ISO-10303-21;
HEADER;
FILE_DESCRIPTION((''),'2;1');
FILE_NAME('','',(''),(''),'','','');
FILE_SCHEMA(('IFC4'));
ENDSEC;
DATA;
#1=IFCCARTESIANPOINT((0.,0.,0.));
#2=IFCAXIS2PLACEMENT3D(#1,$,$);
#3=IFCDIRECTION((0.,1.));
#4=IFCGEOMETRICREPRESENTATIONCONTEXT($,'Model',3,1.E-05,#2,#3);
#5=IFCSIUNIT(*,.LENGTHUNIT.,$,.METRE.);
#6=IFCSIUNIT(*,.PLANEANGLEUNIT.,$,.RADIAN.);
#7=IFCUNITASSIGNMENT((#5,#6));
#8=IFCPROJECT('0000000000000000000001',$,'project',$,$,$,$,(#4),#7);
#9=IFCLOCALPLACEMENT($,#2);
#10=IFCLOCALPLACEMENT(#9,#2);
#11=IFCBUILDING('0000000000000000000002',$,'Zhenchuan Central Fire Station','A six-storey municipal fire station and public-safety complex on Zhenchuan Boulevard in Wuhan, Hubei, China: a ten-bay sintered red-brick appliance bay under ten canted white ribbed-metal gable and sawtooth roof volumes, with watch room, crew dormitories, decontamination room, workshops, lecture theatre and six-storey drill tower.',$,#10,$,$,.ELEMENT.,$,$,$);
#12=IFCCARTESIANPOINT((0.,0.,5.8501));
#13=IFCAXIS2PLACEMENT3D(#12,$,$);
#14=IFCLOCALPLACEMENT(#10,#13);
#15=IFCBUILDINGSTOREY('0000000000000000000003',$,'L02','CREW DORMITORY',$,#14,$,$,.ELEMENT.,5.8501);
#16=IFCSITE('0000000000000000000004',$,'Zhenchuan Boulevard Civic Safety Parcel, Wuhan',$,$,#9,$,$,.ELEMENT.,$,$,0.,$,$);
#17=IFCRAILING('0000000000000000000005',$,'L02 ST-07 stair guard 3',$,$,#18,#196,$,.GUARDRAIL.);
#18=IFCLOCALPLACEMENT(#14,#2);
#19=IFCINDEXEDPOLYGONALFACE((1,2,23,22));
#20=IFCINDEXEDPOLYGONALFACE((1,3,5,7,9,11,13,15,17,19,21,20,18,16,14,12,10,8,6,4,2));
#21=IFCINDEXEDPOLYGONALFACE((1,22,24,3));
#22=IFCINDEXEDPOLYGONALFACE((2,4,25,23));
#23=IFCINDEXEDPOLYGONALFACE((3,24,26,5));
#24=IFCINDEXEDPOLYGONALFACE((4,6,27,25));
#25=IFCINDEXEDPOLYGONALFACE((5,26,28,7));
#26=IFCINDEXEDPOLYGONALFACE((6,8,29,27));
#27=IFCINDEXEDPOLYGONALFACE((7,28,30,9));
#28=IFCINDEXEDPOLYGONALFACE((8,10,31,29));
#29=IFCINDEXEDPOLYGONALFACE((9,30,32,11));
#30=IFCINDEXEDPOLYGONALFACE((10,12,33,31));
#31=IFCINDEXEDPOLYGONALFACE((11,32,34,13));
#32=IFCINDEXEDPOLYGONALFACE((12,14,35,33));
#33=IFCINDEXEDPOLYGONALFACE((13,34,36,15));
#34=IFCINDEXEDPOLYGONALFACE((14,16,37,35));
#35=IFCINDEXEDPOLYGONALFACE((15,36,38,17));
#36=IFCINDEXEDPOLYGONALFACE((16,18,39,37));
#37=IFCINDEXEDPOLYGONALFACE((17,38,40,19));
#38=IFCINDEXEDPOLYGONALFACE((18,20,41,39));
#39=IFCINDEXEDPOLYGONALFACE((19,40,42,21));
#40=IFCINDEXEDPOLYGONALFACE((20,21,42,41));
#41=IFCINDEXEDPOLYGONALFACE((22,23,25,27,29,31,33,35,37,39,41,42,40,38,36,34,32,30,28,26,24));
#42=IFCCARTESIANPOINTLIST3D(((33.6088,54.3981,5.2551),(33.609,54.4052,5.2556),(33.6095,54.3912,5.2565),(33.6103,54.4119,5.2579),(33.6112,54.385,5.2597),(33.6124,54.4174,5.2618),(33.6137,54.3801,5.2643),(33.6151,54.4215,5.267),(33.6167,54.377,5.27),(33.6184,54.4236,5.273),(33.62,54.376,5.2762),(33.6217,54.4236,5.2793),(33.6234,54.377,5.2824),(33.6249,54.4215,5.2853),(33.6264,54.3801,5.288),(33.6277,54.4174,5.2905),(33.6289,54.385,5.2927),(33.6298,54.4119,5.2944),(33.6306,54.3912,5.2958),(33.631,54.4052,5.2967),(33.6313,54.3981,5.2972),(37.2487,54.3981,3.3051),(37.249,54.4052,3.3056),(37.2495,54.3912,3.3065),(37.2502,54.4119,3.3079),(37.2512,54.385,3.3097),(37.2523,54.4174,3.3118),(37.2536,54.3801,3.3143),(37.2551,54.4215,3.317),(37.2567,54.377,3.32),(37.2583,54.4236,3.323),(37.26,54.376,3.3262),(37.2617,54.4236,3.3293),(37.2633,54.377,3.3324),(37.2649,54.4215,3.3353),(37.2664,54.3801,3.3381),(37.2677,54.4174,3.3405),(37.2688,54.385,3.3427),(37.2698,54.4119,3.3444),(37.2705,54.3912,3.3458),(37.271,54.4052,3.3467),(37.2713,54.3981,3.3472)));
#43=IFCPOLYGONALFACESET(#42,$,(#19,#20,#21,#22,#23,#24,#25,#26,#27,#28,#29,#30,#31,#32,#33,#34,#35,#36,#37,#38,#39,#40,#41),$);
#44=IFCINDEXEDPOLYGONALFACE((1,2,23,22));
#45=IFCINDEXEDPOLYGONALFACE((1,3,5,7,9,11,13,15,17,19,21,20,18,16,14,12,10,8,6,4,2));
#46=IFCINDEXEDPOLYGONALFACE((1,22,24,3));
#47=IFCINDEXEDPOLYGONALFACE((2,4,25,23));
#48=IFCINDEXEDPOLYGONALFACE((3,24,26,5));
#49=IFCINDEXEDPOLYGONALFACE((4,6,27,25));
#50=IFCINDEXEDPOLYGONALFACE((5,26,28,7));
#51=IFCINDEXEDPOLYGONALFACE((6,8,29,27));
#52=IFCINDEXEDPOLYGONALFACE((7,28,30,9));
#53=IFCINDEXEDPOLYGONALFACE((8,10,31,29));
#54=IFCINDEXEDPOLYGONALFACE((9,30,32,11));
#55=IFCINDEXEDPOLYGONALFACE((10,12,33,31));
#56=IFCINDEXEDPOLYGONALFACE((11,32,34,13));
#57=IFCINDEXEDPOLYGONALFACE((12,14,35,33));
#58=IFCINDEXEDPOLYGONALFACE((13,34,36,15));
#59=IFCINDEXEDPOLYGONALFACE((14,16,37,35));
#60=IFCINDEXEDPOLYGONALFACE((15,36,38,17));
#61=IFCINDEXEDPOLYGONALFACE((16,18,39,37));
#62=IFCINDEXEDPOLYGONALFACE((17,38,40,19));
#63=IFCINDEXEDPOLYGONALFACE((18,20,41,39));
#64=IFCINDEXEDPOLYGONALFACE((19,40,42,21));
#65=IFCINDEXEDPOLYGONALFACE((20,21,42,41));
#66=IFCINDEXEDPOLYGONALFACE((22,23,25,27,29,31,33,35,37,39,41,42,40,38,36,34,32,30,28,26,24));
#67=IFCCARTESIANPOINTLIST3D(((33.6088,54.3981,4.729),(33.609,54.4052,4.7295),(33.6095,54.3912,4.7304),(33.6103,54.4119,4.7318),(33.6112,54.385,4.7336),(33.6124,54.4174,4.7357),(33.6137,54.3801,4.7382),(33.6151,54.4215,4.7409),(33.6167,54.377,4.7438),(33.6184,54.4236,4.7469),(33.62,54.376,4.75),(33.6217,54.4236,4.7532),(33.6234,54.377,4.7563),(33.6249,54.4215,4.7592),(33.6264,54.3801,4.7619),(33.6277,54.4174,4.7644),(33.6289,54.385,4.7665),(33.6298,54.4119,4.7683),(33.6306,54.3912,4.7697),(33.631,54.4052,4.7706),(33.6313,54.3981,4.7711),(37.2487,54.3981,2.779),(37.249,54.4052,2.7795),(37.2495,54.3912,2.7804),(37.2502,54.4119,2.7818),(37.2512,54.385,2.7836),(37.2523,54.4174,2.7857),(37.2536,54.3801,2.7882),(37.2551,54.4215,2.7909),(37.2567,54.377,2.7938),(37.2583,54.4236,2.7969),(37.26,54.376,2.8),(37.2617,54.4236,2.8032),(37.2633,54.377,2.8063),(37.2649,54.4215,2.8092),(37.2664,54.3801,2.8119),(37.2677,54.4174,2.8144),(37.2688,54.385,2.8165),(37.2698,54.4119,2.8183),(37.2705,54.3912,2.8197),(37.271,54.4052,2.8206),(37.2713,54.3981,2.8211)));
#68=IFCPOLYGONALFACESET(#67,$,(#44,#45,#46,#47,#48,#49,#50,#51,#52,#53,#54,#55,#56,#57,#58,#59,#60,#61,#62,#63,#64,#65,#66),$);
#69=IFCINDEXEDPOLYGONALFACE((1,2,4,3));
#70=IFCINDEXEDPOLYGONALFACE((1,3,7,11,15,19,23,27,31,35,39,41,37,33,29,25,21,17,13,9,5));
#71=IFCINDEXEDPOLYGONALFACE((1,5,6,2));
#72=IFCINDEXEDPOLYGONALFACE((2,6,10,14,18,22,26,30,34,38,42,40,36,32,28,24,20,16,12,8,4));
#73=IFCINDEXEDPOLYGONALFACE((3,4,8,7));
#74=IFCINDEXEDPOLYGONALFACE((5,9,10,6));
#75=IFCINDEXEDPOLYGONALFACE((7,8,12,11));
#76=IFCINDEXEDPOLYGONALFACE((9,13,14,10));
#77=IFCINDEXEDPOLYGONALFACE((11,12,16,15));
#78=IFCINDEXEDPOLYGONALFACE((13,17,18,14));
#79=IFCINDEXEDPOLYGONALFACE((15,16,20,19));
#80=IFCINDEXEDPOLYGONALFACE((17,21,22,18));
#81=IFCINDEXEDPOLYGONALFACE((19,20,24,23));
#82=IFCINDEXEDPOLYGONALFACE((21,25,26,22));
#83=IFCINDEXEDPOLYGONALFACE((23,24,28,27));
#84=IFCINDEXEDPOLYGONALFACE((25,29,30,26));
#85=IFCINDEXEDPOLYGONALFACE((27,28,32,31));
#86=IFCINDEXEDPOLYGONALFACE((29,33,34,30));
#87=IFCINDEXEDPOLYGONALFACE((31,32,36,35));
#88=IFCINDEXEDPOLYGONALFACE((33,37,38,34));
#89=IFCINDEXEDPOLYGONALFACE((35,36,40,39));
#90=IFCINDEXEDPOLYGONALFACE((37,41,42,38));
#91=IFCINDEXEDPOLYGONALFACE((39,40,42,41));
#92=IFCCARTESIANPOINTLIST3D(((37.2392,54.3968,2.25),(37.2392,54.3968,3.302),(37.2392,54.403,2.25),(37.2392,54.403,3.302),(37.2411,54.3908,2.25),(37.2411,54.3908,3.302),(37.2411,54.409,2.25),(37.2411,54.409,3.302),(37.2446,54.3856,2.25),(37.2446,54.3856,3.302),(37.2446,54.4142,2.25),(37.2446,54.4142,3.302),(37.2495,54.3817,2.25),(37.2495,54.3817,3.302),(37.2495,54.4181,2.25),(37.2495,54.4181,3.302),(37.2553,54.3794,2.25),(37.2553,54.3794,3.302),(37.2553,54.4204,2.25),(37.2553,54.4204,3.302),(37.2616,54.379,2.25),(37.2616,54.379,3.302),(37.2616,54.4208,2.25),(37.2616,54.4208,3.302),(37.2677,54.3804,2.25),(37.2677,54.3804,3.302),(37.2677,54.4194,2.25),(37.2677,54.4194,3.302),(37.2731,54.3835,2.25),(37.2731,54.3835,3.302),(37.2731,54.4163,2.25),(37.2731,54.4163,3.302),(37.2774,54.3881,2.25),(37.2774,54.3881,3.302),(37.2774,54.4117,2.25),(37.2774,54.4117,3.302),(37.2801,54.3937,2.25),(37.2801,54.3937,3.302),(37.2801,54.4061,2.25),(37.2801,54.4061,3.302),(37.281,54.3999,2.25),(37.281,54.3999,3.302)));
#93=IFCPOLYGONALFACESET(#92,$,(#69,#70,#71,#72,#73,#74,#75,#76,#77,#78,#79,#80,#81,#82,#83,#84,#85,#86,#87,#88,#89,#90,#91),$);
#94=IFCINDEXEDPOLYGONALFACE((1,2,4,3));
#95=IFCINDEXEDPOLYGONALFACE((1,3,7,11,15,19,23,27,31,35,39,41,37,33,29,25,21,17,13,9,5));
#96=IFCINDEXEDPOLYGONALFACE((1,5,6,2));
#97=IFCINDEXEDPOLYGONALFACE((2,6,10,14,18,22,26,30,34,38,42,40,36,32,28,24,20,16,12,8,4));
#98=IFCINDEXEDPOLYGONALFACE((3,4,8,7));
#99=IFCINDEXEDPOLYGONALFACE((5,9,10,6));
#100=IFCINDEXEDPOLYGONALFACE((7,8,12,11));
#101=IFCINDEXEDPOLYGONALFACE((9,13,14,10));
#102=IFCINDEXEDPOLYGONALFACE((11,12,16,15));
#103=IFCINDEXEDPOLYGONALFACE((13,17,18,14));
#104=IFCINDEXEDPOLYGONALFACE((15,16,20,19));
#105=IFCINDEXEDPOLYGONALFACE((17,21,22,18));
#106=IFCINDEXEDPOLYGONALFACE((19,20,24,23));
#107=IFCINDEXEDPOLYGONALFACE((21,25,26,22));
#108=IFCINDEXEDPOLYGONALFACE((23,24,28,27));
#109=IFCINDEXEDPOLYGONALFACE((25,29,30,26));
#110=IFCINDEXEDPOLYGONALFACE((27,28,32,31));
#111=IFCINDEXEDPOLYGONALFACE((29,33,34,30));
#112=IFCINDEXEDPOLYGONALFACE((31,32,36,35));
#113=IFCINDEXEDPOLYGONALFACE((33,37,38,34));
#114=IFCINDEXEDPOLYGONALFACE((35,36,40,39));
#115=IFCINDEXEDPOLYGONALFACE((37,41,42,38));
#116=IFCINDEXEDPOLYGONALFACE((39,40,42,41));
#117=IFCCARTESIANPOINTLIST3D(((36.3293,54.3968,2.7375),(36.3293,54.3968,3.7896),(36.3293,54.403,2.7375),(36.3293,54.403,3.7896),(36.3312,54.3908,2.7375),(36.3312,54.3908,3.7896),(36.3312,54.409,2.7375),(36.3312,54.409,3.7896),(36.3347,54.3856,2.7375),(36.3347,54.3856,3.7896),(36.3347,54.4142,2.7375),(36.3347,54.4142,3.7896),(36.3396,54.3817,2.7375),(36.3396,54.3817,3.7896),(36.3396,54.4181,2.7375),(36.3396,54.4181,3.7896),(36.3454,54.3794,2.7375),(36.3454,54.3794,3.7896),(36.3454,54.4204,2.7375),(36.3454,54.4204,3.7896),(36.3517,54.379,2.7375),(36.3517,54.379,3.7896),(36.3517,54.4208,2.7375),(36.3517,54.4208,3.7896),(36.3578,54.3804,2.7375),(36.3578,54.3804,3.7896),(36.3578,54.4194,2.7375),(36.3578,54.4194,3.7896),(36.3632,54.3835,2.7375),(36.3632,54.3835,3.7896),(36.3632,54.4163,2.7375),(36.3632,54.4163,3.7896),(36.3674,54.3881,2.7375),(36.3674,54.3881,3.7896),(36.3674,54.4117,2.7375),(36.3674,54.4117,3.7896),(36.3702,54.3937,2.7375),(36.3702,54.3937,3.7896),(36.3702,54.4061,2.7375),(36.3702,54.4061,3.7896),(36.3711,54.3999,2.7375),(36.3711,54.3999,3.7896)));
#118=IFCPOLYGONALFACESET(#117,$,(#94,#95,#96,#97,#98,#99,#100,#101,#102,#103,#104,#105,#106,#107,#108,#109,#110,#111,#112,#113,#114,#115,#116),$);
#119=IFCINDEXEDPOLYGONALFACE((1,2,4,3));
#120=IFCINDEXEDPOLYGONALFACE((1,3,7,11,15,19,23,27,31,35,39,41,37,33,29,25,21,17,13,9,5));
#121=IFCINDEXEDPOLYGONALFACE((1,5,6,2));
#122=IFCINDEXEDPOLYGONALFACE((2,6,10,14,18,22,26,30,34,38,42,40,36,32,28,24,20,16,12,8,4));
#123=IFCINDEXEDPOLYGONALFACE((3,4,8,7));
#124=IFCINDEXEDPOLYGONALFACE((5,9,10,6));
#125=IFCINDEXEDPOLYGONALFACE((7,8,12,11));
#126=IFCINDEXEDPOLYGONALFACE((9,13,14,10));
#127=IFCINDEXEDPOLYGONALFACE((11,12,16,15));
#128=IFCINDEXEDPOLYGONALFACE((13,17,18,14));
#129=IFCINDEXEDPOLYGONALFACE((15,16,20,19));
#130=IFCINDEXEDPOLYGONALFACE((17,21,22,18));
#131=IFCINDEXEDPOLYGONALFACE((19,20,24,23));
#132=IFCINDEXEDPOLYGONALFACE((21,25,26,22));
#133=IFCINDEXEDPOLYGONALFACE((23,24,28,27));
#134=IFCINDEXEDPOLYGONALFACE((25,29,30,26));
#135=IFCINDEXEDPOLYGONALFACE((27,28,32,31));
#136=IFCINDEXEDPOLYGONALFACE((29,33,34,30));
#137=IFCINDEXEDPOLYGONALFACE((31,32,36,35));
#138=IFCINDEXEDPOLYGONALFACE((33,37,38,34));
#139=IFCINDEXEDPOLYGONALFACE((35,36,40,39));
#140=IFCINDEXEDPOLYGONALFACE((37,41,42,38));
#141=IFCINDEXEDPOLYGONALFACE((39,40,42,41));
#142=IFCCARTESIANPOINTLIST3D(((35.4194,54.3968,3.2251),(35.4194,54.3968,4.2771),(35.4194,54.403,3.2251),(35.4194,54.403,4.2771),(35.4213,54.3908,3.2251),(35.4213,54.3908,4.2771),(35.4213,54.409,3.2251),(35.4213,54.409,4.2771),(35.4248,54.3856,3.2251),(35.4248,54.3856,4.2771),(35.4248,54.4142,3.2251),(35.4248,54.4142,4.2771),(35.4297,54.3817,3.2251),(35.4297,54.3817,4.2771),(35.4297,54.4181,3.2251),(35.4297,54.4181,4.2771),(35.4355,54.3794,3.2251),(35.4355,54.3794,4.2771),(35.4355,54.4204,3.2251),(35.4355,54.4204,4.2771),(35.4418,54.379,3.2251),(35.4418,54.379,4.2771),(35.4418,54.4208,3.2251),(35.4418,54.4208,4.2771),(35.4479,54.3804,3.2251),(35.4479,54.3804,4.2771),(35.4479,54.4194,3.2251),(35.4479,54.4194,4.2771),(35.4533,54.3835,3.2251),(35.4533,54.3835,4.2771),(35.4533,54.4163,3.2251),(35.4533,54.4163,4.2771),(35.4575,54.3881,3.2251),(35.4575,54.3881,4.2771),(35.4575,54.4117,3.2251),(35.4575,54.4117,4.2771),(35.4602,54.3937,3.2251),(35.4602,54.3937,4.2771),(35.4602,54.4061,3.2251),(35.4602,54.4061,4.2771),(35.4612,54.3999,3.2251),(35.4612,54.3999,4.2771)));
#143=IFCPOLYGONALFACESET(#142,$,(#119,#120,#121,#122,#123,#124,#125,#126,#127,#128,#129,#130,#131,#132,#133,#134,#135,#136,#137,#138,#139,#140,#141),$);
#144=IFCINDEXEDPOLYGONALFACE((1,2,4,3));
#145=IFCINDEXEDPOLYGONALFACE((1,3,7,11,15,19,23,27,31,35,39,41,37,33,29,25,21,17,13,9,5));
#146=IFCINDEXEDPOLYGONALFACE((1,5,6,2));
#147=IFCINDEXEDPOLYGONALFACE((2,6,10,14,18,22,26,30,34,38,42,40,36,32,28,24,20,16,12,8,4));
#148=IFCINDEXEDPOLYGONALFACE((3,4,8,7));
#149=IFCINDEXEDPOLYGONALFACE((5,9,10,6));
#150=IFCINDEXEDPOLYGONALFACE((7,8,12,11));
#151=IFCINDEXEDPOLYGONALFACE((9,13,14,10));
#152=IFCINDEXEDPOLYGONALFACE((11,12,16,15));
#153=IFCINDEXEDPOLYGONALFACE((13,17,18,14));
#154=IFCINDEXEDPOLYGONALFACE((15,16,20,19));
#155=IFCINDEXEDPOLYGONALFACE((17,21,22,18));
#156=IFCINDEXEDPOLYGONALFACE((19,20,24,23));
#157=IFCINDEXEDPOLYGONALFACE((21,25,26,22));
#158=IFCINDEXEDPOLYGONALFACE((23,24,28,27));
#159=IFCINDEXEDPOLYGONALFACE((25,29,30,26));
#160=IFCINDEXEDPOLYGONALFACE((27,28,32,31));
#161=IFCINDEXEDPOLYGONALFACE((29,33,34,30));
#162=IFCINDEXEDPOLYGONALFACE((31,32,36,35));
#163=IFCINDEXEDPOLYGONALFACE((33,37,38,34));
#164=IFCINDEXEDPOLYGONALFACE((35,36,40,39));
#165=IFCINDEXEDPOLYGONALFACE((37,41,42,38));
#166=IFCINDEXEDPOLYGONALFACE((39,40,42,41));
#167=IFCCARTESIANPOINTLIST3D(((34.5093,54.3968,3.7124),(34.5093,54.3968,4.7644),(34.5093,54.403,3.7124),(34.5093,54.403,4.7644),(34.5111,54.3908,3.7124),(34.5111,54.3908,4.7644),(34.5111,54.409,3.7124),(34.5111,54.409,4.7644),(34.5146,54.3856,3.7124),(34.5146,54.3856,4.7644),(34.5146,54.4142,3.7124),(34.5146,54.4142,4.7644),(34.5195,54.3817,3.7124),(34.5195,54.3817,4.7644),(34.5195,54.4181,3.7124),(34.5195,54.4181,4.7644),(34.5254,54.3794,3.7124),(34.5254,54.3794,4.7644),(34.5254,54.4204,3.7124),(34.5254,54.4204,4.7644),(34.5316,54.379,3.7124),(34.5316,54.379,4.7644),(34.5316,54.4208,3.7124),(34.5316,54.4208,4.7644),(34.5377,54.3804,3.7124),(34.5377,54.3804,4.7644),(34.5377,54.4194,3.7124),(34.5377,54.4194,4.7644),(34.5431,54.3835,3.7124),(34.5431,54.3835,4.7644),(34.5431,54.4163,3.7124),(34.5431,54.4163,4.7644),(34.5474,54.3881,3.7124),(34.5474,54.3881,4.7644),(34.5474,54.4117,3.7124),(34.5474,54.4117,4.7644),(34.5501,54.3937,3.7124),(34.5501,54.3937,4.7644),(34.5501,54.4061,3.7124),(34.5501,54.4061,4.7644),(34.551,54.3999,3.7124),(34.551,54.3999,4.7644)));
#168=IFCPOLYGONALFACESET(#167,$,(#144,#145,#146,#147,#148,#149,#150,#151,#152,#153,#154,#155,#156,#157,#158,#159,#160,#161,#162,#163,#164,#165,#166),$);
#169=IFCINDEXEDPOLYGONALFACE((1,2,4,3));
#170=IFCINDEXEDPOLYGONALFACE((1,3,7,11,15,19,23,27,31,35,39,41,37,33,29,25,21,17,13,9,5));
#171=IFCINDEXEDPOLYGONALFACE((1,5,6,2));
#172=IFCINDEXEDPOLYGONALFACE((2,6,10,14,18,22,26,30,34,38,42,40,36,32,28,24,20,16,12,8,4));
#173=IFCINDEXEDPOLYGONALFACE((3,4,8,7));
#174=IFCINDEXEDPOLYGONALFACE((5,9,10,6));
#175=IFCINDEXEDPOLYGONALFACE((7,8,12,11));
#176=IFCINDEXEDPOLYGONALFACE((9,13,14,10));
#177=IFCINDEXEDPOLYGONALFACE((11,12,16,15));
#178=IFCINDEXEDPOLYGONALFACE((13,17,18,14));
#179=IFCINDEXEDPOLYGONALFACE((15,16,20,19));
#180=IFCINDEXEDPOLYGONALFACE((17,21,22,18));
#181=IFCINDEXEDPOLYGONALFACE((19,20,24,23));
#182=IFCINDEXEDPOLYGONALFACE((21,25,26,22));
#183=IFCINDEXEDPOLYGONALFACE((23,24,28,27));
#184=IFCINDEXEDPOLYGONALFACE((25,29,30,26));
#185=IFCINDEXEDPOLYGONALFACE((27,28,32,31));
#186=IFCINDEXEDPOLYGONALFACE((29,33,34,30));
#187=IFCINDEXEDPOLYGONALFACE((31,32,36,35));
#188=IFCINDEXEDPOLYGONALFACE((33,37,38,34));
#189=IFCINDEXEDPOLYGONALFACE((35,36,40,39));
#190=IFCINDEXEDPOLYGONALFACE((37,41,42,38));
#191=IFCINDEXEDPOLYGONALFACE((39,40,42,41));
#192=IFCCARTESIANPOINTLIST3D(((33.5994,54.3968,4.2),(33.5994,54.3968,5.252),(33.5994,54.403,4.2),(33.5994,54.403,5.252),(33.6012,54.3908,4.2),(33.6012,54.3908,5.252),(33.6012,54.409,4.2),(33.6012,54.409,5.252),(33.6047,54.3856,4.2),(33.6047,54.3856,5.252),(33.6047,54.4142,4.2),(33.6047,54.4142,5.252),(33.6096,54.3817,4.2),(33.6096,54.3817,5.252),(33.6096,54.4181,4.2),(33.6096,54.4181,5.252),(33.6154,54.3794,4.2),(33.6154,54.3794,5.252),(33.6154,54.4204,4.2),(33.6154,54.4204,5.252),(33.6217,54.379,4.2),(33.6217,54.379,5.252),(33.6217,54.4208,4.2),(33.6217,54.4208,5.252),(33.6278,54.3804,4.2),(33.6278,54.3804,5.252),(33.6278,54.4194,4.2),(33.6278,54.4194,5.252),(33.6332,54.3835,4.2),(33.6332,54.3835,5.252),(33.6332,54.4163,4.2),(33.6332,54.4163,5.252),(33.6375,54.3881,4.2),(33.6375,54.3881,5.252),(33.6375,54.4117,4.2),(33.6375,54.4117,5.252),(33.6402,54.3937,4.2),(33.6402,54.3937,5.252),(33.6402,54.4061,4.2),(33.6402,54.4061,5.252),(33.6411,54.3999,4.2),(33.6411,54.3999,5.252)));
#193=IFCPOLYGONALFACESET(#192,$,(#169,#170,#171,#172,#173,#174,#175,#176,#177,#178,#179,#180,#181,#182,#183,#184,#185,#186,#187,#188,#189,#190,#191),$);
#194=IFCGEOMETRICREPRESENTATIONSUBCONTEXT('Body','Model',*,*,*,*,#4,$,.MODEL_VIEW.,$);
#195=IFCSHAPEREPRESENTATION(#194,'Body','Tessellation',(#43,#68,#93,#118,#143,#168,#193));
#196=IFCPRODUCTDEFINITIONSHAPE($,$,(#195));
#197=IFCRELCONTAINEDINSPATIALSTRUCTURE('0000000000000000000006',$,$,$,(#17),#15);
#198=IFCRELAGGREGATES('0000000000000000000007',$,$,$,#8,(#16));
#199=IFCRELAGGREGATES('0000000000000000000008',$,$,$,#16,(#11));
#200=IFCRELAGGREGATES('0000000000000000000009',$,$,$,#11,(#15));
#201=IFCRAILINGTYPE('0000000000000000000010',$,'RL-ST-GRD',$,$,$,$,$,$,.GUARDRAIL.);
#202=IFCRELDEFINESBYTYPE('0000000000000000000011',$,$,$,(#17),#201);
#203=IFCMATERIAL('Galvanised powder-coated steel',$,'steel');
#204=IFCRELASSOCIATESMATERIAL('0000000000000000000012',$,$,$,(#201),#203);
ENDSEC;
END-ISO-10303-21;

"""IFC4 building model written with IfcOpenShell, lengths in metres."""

from ifc_helpers import new_model, si_unit, direction, frame, origin, origin_2d, place, context, subcontext, project, spatial, circle, extrude, material, type_object, element, save


model = new_model("IFC4")

# Units and contexts
model_context = context("Model", 3, precision=1e-05, world=origin(), true_north=direction((0.0, 1.0)))
body_context = subcontext(model_context, "Body", "Model", "MODEL_VIEW")
ifc_project = project(units=[si_unit("LENGTHUNIT", "METRE"), si_unit("PLANEANGLEUNIT", "RADIAN")], contexts=[model_context])

# Site, building, storey
site_placement = place(None, origin())
site = spatial("IfcSite", under=ifc_project, at=site_placement, Name="Zhenchuan Boulevard Civic Safety Parcel, Wuhan", CompositionType="ELEMENT", RefElevation=0.0)
building_placement = place(site_placement, origin())
building = spatial("IfcBuilding", under=site, at=building_placement, Name="Zhenchuan Central Fire Station", Description="A six-storey municipal fire station and public-safety complex on Zhenchuan Boulevard in Wuhan, Hubei, China: a ten-bay sintered red-brick appliance bay under ten canted white ribbed-metal gable and sawtooth roof volumes, with watch room, crew dormitories, decontamination room, workshops, lecture theatre and six-storey drill tower.", CompositionType="ELEMENT")
storey_placement = place(building_placement, frame((0.0, 0.0, 5.8501)))
storey = spatial("IfcBuildingStorey", under=building, at=storey_placement, Name="L02", Description="CREW DORMITORY", CompositionType="ELEMENT", Elevation=5.8501)

# Railing
ifc_material_1 = material(Name="Galvanised powder-coated steel", Category="steel")
railing_type_1 = type_object("IfcRailingType", Name="RL-ST-GRD", PredefinedType="GUARDRAIL", material=ifc_material_1)
railing_1_placement = place(storey_placement, frame((37.26, 54.3999, 2.25)))
element("IfcRailing", 1, at=railing_1_placement, inside=storey, type_object=railing_type_1, Name="L02 ST-07 stair guard 3", PredefinedType="GUARDRAIL", context=body_context, shape_type="SweptSolid", body=[
    extrude(circle(Radius=0.0239, at=origin_2d()), frame((0.0, 0.0, 1.0762), z_axis=(-0.881479, 0.0, 0.472223), x_axis=(0.0, -1.0, 0.0)), (0.0, 0.0, 1.0), 4.1294),
    extrude(circle(Radius=0.0239, at=origin_2d()), frame((0.0, 0.0, 0.55), z_axis=(-0.881479, 0.0, 0.472223), x_axis=(0.0, -1.0, 0.0)), (0.0, 0.0, 1.0), 4.1294),
    extrude(circle(Radius=0.021, at=origin_2d()), origin(), (0.0, 0.0, 1.0), 1.052),
    extrude(circle(Radius=0.021, at=origin_2d()), frame((-0.9099, 0.0, 0.4875)), (0.0, 0.0, 1.0), 1.052),
    extrude(circle(Radius=0.021, at=origin_2d()), frame((-1.8198, 0.0, 0.9751)), (0.0, 0.0, 1.0), 1.052),
    extrude(circle(Radius=0.021, at=origin_2d()), frame((-2.73, 0.0, 1.4624)), (0.0, 0.0, 1.0), 1.052),
    extrude(circle(Radius=0.021, at=origin_2d()), frame((-3.6399, 0.0, 1.95)), (0.0, 0.0, 1.0), 1.052),
])

save(model, "model.ifc")
